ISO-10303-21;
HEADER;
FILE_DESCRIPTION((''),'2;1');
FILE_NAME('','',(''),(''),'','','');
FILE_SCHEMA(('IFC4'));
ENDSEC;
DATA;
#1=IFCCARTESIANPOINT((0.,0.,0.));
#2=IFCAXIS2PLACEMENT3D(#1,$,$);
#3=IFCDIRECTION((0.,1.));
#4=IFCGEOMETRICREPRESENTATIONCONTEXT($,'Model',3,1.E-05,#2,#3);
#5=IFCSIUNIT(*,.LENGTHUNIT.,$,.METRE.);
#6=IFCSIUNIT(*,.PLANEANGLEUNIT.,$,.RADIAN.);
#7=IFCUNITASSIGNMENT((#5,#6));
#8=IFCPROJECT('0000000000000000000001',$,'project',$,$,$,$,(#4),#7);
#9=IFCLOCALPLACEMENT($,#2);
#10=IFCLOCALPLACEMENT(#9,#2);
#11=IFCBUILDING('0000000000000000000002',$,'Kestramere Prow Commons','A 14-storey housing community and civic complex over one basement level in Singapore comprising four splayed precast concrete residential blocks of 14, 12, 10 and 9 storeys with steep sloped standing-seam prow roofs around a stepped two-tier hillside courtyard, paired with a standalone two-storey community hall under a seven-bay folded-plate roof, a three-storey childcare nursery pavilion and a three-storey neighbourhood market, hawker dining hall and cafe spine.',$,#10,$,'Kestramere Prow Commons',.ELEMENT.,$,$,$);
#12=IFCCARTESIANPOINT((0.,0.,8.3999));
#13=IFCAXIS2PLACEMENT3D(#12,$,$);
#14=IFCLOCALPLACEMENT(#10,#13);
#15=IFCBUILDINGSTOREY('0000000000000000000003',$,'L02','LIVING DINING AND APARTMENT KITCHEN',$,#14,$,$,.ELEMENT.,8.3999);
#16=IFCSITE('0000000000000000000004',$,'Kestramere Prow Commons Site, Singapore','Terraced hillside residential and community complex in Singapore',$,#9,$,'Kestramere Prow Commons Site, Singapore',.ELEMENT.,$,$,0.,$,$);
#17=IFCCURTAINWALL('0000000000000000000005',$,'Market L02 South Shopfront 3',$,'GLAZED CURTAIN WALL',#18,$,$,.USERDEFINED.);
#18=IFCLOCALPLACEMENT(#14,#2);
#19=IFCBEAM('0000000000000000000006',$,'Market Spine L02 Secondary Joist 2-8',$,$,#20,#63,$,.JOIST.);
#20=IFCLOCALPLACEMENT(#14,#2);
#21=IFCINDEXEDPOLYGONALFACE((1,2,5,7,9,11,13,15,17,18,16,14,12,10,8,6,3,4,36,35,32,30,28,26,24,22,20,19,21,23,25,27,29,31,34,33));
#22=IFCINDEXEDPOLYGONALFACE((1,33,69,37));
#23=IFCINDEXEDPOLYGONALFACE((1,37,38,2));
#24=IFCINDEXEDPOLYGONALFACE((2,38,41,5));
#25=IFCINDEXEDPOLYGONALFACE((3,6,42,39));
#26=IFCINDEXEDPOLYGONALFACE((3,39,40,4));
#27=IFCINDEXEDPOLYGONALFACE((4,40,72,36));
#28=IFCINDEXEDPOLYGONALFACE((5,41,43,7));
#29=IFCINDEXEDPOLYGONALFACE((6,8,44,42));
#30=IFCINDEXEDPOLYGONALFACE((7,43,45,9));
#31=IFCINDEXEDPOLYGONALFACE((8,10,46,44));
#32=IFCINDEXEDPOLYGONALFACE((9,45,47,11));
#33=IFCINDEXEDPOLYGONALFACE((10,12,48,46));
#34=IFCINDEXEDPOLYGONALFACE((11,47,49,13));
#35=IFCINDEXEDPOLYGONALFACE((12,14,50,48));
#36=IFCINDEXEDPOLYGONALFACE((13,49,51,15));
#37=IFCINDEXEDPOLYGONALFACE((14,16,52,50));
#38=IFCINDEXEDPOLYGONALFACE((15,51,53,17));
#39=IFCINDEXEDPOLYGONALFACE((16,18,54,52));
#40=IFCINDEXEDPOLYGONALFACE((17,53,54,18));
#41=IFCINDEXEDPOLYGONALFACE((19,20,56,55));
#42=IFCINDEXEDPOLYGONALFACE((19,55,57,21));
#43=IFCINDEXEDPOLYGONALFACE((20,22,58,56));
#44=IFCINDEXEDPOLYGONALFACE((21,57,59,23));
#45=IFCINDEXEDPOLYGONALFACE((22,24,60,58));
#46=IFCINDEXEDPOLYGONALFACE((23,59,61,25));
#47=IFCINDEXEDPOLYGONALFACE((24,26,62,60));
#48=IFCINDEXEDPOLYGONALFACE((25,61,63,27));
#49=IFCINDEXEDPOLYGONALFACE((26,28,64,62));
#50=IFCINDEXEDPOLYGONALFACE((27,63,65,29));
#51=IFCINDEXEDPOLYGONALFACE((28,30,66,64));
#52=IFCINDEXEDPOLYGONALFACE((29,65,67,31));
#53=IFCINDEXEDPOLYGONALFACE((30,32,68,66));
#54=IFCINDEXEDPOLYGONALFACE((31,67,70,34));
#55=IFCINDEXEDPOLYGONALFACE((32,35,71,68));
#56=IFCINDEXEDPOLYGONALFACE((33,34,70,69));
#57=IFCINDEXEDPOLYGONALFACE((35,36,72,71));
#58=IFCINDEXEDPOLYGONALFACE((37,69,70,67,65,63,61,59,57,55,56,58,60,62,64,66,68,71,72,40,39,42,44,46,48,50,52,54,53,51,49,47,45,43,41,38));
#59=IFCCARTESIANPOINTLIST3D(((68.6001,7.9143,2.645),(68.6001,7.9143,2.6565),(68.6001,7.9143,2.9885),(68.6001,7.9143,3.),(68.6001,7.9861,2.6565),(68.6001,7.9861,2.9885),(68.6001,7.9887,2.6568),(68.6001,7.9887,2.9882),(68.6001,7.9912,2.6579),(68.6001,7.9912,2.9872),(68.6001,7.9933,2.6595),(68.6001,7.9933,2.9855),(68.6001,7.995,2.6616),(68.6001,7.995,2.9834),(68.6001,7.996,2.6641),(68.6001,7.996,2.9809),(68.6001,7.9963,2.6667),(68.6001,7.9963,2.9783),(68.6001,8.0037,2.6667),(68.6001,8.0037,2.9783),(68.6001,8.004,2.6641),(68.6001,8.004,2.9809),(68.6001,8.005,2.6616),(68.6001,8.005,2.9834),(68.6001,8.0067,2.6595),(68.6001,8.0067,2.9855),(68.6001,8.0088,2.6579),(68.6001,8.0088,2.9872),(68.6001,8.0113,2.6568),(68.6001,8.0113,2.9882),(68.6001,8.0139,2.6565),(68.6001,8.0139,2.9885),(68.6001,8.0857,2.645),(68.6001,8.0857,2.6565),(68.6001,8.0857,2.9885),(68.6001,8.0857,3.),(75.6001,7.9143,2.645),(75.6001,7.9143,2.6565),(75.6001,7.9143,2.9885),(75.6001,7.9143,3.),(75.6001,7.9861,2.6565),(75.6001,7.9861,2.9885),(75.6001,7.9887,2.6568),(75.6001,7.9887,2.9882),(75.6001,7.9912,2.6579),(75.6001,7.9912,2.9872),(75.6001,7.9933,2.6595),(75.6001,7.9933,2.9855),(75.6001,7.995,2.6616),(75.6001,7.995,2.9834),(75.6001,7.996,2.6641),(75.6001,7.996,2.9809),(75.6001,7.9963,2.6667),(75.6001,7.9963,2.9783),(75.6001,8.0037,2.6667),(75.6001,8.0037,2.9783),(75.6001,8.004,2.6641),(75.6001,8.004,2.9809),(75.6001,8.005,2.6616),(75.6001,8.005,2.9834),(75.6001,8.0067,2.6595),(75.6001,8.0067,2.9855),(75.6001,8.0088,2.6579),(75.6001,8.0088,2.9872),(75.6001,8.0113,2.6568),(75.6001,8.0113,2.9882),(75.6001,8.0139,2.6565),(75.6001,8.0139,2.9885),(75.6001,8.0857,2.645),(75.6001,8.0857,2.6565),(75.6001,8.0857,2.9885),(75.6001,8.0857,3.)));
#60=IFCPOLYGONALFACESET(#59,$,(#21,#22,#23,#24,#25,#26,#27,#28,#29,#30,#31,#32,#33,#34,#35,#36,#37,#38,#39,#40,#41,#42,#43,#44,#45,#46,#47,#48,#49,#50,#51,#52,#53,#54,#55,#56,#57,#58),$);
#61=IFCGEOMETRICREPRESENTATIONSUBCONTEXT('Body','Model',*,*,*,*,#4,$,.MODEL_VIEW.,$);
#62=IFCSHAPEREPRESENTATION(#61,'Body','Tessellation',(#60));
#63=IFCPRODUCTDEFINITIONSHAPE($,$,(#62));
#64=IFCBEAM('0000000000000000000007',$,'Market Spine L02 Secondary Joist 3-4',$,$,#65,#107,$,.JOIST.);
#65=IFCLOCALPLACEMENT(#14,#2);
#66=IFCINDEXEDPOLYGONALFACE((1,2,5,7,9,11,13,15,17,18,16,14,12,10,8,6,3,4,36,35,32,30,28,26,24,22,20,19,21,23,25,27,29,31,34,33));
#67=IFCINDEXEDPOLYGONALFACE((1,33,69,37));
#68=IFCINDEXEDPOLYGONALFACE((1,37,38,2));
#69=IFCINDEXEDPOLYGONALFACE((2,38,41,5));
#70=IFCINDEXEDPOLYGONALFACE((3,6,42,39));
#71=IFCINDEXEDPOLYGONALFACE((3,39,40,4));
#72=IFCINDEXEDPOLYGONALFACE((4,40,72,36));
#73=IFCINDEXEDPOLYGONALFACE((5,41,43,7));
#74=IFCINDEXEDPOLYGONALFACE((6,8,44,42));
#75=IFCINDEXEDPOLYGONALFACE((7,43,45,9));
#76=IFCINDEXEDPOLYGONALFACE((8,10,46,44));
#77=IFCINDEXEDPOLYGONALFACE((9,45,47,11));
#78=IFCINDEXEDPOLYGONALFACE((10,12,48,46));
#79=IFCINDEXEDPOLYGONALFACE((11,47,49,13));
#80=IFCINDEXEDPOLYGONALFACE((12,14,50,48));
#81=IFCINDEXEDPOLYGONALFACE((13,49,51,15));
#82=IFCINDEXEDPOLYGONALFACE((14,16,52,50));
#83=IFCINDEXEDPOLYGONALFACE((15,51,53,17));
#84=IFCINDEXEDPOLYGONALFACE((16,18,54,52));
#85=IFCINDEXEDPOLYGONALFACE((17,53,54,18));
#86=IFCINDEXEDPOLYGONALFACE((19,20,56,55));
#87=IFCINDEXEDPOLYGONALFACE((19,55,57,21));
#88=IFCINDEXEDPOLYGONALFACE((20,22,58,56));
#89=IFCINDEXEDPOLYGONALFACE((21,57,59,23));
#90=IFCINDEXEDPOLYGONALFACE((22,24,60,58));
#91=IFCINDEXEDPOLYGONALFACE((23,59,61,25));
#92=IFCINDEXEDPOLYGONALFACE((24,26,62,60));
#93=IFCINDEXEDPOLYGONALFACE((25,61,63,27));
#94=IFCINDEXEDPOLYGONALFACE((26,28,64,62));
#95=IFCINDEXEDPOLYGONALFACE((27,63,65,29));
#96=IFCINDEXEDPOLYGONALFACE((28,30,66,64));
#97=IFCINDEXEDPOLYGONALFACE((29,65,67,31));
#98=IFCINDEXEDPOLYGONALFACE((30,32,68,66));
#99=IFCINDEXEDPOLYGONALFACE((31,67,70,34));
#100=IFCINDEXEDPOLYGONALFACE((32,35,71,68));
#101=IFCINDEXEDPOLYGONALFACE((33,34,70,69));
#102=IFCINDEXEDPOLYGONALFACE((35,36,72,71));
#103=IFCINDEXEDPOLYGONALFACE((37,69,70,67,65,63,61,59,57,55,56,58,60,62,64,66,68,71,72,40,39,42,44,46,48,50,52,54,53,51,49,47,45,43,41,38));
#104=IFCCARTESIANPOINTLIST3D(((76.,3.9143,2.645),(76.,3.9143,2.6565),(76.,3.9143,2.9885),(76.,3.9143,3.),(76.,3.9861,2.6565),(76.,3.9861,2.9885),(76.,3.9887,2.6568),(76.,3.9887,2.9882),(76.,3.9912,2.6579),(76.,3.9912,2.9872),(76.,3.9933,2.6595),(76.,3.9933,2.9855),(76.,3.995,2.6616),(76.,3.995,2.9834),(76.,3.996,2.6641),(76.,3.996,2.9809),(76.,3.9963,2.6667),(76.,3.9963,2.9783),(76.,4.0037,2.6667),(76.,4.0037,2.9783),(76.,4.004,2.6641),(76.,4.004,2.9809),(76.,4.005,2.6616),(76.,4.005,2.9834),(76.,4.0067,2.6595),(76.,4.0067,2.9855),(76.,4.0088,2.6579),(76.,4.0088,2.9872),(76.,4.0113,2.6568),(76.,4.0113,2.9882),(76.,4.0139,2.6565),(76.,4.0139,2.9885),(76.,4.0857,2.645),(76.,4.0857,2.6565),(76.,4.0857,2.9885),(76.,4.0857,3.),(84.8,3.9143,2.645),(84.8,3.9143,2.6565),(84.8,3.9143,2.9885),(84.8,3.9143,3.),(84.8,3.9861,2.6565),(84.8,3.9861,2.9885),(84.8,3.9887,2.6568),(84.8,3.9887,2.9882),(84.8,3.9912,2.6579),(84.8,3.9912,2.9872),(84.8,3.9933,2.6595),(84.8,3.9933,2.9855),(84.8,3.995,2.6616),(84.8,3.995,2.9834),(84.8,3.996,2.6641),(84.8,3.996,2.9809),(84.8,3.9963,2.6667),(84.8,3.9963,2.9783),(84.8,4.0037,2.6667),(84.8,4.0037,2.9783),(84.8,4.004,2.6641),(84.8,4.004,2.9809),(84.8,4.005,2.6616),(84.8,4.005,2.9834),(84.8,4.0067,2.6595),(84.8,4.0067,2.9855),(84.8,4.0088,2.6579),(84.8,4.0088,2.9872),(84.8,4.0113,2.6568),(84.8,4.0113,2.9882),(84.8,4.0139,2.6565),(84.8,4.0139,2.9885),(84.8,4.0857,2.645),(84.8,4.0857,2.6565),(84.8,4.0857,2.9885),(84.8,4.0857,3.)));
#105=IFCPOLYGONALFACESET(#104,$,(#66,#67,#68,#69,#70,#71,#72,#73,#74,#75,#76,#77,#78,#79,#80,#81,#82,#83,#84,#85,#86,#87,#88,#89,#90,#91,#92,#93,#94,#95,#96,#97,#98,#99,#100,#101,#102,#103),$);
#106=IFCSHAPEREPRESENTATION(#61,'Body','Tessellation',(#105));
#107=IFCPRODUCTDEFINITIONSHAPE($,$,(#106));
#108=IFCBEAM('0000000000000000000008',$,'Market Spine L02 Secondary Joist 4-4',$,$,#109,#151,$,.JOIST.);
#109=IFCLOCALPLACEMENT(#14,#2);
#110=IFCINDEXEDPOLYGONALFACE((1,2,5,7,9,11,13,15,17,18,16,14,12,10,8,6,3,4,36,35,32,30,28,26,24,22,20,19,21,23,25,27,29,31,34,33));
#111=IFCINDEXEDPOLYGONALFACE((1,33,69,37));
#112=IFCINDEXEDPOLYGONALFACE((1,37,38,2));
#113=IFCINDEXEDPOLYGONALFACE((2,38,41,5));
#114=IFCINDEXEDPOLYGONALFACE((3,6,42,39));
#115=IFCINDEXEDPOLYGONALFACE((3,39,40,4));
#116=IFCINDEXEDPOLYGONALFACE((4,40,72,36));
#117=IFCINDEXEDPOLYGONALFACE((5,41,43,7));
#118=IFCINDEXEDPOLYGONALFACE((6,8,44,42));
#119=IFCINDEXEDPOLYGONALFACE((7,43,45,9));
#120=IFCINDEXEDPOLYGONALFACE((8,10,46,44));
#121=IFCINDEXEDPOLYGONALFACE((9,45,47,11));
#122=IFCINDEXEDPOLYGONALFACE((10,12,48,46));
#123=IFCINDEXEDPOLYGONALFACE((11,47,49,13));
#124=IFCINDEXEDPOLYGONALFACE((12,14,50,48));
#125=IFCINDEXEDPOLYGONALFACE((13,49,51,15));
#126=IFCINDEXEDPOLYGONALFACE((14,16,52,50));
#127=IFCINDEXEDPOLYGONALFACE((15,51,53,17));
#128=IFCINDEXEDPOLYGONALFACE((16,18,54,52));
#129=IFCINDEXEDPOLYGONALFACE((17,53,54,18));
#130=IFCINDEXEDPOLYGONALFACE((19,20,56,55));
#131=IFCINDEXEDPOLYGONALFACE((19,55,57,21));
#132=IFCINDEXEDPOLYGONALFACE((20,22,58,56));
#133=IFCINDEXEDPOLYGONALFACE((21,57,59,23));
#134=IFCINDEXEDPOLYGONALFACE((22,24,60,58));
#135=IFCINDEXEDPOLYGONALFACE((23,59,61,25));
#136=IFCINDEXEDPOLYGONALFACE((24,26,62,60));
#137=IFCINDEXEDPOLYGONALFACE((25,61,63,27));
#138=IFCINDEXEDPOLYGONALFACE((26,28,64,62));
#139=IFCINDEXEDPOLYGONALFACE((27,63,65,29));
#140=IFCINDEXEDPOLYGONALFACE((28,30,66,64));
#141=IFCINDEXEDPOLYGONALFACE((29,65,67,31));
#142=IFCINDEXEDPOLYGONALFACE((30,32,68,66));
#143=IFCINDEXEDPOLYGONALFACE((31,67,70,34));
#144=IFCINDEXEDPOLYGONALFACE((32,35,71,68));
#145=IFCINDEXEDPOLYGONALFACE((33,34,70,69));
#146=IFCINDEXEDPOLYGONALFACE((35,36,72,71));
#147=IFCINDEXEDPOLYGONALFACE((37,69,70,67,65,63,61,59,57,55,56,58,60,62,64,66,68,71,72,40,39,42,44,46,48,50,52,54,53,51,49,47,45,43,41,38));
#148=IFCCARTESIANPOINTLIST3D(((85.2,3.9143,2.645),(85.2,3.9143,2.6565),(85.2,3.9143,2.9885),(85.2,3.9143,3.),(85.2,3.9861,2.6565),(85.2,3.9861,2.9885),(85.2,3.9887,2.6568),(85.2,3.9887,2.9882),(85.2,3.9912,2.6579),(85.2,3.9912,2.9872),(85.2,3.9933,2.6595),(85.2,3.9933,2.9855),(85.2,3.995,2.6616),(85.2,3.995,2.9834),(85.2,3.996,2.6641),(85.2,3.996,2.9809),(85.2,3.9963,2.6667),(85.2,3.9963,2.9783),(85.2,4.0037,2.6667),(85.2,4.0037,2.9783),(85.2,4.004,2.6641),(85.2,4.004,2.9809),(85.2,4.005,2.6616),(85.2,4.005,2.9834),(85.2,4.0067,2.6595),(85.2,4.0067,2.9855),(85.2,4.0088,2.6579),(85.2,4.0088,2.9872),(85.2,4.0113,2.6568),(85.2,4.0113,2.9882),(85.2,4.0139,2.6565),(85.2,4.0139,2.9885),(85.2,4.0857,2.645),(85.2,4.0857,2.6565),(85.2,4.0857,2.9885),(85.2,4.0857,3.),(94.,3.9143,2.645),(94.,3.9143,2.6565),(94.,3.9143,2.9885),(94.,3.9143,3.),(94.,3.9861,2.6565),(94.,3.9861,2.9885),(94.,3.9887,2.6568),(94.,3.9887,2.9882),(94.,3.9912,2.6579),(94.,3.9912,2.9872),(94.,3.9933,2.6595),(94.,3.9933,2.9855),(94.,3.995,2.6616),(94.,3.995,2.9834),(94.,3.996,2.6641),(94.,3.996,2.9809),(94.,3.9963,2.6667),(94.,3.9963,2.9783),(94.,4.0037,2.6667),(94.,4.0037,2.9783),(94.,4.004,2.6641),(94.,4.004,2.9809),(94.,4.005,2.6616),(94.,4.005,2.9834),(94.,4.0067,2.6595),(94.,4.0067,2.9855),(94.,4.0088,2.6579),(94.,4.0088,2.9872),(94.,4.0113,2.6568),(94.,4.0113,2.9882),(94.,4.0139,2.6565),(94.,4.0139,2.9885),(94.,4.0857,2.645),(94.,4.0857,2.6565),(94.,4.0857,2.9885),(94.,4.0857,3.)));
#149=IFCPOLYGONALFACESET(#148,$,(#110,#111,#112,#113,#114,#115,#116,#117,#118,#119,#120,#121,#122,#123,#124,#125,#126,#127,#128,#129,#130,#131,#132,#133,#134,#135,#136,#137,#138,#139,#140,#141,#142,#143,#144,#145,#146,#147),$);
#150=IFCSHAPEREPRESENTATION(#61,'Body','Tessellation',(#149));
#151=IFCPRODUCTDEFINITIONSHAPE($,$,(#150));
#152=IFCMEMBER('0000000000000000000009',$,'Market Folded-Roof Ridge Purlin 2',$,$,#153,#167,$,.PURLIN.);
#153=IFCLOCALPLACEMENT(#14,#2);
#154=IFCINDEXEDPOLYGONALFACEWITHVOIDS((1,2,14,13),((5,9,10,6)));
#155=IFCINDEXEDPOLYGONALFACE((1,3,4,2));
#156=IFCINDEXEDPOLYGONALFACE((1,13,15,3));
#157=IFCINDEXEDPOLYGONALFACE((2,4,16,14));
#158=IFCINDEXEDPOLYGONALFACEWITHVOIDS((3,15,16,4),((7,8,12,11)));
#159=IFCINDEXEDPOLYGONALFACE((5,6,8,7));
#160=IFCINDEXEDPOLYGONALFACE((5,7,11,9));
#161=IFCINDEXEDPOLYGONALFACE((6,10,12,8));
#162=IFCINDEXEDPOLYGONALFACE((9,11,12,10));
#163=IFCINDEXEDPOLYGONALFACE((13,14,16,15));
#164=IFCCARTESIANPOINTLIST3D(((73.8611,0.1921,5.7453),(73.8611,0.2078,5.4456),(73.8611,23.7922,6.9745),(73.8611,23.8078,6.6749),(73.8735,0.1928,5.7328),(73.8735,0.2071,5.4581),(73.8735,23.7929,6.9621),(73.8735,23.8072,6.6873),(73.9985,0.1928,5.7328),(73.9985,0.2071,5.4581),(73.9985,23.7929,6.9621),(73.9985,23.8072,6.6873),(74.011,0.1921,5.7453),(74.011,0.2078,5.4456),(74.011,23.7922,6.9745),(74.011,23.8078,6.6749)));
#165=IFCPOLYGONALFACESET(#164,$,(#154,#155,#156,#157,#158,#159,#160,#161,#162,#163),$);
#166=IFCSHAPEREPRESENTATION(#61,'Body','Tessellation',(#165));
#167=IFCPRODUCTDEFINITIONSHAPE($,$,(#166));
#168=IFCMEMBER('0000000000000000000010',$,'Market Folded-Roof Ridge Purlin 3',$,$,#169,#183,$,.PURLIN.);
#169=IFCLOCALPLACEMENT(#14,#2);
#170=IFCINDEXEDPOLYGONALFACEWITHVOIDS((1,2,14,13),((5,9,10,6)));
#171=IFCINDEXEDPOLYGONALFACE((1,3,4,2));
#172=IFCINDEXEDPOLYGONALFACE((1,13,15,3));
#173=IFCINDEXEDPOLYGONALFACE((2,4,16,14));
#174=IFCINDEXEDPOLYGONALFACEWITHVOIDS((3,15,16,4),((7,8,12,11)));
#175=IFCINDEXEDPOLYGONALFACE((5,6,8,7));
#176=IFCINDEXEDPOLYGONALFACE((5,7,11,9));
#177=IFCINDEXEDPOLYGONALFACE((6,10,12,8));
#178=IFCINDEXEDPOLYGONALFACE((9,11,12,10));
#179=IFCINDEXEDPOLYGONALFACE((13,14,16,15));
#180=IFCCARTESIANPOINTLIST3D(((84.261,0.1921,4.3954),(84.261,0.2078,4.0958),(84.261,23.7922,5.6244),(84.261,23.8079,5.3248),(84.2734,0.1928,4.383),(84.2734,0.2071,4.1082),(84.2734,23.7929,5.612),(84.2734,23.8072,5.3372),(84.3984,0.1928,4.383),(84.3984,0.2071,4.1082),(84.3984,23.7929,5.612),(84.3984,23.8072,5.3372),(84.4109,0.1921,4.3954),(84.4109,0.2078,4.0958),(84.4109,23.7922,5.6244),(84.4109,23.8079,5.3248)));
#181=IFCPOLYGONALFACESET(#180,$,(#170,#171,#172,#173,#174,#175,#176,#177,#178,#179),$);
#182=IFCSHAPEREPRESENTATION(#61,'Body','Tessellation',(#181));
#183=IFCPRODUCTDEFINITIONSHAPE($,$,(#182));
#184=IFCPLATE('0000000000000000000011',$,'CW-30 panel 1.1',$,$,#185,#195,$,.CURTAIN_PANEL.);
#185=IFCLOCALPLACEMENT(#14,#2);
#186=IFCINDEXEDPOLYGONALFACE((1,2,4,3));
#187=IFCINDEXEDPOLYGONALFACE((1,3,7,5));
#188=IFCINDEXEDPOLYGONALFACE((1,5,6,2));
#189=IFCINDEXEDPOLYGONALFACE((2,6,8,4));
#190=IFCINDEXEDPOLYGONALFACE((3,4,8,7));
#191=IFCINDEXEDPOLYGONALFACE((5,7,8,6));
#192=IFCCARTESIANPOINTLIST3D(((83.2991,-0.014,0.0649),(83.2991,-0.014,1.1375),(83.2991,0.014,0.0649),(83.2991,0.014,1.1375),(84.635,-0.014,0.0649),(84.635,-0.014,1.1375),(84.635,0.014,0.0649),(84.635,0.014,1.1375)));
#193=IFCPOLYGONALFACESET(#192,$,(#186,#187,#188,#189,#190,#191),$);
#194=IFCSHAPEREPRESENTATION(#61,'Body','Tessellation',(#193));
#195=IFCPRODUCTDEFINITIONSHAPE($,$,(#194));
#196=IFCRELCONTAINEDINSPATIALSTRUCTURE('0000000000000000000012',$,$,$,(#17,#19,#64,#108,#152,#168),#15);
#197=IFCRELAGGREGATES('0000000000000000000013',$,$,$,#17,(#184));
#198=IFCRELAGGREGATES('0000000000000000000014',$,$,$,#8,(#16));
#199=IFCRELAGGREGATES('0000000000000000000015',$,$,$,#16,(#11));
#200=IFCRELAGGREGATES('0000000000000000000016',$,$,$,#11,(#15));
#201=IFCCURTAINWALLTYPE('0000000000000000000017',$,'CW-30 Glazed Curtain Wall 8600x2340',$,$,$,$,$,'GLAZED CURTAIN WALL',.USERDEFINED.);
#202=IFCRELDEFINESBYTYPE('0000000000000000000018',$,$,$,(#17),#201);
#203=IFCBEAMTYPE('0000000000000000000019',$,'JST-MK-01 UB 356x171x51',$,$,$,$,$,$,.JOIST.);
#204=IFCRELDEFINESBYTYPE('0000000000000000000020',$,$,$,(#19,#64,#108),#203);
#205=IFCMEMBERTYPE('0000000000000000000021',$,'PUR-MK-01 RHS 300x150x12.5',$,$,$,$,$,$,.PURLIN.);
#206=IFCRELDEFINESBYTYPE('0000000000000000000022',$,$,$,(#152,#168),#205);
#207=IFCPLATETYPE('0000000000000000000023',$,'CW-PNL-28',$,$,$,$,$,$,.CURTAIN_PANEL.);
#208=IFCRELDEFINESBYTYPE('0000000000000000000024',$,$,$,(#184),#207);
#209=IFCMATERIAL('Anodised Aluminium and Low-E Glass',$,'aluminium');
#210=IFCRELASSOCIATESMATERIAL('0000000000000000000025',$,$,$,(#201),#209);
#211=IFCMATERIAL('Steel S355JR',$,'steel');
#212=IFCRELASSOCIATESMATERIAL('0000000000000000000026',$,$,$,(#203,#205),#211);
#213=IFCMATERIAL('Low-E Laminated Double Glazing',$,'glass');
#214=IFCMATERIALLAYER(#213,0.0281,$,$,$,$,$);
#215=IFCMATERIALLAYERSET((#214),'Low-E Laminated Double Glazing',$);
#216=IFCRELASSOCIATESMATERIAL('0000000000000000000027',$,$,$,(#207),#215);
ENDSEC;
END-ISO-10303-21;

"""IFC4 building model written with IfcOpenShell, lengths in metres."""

from ifc_helpers import new_model, si_unit, direction, frame, origin, origin_2d, place, context, subcontext, project, spatial, rectangle, hollow_rectangle, i_section, extrude, material, layer, layer_set, material_profile, profile_set, type_object, element, aggregate, save


model = new_model("IFC4")

# Units and contexts
model_context = context("Model", 3, precision=1e-05, world=origin(), true_north=direction((0.0, 1.0)))
body_context = subcontext(model_context, "Body", "Model", "MODEL_VIEW")
ifc_project = project(units=[si_unit("LENGTHUNIT", "METRE"), si_unit("PLANEANGLEUNIT", "RADIAN")], contexts=[model_context])

# Site, building, storey
site_placement = place(None, origin())
site = spatial("IfcSite", under=ifc_project, at=site_placement, Name="Kestramere Prow Commons Site, Singapore", Description="Terraced hillside residential and community complex in Singapore", LongName="Kestramere Prow Commons Site, Singapore", CompositionType="ELEMENT", RefElevation=0.0)
building_placement = place(site_placement, origin())
building = spatial("IfcBuilding", under=site, at=building_placement, Name="Kestramere Prow Commons", Description="A 14-storey housing community and civic complex over one basement level in Singapore comprising four splayed precast concrete residential blocks of 14, 12, 10 and 9 storeys with steep sloped standing-seam prow roofs around a stepped two-tier hillside courtyard, paired with a standalone two-storey community hall under a seven-bay folded-plate roof, a three-storey childcare nursery pavilion and a three-storey neighbourhood market, hawker dining hall and cafe spine.", LongName="Kestramere Prow Commons", CompositionType="ELEMENT")
storey_placement = place(building_placement, frame((0.0, 0.0, 8.3999)))
storey = spatial("IfcBuildingStorey", under=building, at=storey_placement, Name="L02", Description="LIVING DINING AND APARTMENT KITCHEN", CompositionType="ELEMENT", Elevation=8.3999)

# Shared definitions
ifc_material_1 = material(Name="Steel S355JR", Category="steel")

# Curtain wall
ifc_material_2 = material(Name="Anodised Aluminium and Low-E Glass", Category="aluminium")
curtain_wall_type = type_object("IfcCurtainWallType", Name="CW-30 Glazed Curtain Wall 8600x2340", ElementType="GLAZED CURTAIN WALL", PredefinedType="USERDEFINED", material=ifc_material_2)
curtain_wall_1_placement = place(storey_placement, origin())
curtain_wall_1 = element("IfcCurtainWall", 1, at=curtain_wall_1_placement, inside=storey, type_object=curtain_wall_type, Name="Market L02 South Shopfront 3", ObjectType="GLAZED CURTAIN WALL", PredefinedType="USERDEFINED")

# Beams
ifc_material_profile_1 = material_profile(ifc_material_1, i_section(OverallWidth=0.1714, OverallDepth=0.355, WebThickness=0.0073, FlangeThickness=0.0115, FilletRadius=0.0103, at=origin_2d()), Name="UB 356x171x51")
ifc_profile_set_1 = profile_set([ifc_material_profile_1], Name="Steel S355JR")
beam_type_1 = type_object("IfcBeamType", Name="JST-MK-01 UB 356x171x51", PredefinedType="JOIST", material=ifc_profile_set_1)
for number, where, z_axis, x_axis, name in (
    (2, (68.6001, 8.0, 2.8225), (1.0, 0.0, 0.0), (0.0, 1.0, 0.0), "Market Spine L02 Secondary Joist 2-8"),
):
    element("IfcBeam", number, at=place(storey_placement, frame(where, z_axis=z_axis, x_axis=x_axis)), inside=storey, type_object=beam_type_1, Name=name, PredefinedType="JOIST", context=body_context, shape_type="SweptSolid", body=[
        extrude(i_section(OverallWidth=0.1714, OverallDepth=0.355, WebThickness=0.0073, FlangeThickness=0.0115, FilletRadius=0.0103, at=origin_2d()), origin(), (0.0, 0.0, 1.0), 7.0),
    ])
for number, where, z_axis, x_axis, name in (
    (3, (76.0, 4.0, 2.8225), (1.0, 0.0, 0.0), (0.0, 1.0, 0.0), "Market Spine L02 Secondary Joist 3-4"),
    (4, (85.2, 4.0, 2.8225), (1.0, 0.0, 0.0), (0.0, 1.0, 0.0), "Market Spine L02 Secondary Joist 4-4"),
):
    element("IfcBeam", number, at=place(storey_placement, frame(where, z_axis=z_axis, x_axis=x_axis)), inside=storey, type_object=beam_type_1, Name=name, PredefinedType="JOIST", context=body_context, shape_type="SweptSolid", body=[
        extrude(i_section(OverallWidth=0.1714, OverallDepth=0.355, WebThickness=0.0073, FlangeThickness=0.0115, FilletRadius=0.0103, at=origin_2d()), origin(), (0.0, 0.0, 1.0), 8.8),
    ])

# Members
ifc_material_profile_2 = material_profile(ifc_material_1, hollow_rectangle(XDim=0.1499, YDim=0.3, WallThickness=0.0125, at=origin_2d()), Name="RHS 300x150x12.5")
ifc_profile_set_2 = profile_set([ifc_material_profile_2], Name="Steel S355JR")
member_type_1 = type_object("IfcMemberType", Name="PUR-MK-01 RHS 300x150x12.5", PredefinedType="PURLIN", material=ifc_profile_set_2)
for number, where, z_axis, x_axis, name in (
    (5, (73.936, 0.2, 5.5955), (0.0, 0.998646, 0.052016), (-1.0, 0.0, 0.0), "Market Folded-Roof Ridge Purlin 2"),
    (6, (84.3359, 0.2, 4.2456), (0.0, 0.998647, 0.052006), (-1.0, 0.0, 0.0), "Market Folded-Roof Ridge Purlin 3"),
):
    element("IfcMember", number, at=place(storey_placement, frame(where, z_axis=z_axis, x_axis=x_axis)), inside=storey, type_object=member_type_1, Name=name, PredefinedType="PURLIN", context=body_context, shape_type="SweptSolid", body=[
        extrude(hollow_rectangle(XDim=0.1499, YDim=0.3, WallThickness=0.0125, at=origin_2d()), origin(), (0.0, 0.0, 1.0), 23.6321),
    ])

# Plate
ifc_material_3 = material(Name="Low-E Laminated Double Glazing", Category="glass")
ifc_layer_1 = layer(ifc_material_3, 0.0281)
ifc_layer_set_1 = layer_set([ifc_layer_1], Name="Low-E Laminated Double Glazing")
plate_type = type_object("IfcPlateType", Name="CW-PNL-28", PredefinedType="CURTAIN_PANEL", material=ifc_layer_set_1)
plate_1_placement = place(storey_placement, frame((83.967, 0.0, 0.0649), z_axis=(0.0, 0.0, 1.0), x_axis=(-1.0, 0.0, 0.0)))
plate_1 = element("IfcPlate", 7, at=plate_1_placement, type_object=plate_type, Name="CW-30 panel 1.1", PredefinedType="CURTAIN_PANEL", context=body_context, shape_type="SweptSolid", body=[
    extrude(rectangle(XDim=1.3359, YDim=0.0281, at=origin_2d()), origin(), (0.0, 0.0, 1.0), 1.0725),
])
aggregate(curtain_wall_1, [plate_1])

save(model, "model.ifc")
